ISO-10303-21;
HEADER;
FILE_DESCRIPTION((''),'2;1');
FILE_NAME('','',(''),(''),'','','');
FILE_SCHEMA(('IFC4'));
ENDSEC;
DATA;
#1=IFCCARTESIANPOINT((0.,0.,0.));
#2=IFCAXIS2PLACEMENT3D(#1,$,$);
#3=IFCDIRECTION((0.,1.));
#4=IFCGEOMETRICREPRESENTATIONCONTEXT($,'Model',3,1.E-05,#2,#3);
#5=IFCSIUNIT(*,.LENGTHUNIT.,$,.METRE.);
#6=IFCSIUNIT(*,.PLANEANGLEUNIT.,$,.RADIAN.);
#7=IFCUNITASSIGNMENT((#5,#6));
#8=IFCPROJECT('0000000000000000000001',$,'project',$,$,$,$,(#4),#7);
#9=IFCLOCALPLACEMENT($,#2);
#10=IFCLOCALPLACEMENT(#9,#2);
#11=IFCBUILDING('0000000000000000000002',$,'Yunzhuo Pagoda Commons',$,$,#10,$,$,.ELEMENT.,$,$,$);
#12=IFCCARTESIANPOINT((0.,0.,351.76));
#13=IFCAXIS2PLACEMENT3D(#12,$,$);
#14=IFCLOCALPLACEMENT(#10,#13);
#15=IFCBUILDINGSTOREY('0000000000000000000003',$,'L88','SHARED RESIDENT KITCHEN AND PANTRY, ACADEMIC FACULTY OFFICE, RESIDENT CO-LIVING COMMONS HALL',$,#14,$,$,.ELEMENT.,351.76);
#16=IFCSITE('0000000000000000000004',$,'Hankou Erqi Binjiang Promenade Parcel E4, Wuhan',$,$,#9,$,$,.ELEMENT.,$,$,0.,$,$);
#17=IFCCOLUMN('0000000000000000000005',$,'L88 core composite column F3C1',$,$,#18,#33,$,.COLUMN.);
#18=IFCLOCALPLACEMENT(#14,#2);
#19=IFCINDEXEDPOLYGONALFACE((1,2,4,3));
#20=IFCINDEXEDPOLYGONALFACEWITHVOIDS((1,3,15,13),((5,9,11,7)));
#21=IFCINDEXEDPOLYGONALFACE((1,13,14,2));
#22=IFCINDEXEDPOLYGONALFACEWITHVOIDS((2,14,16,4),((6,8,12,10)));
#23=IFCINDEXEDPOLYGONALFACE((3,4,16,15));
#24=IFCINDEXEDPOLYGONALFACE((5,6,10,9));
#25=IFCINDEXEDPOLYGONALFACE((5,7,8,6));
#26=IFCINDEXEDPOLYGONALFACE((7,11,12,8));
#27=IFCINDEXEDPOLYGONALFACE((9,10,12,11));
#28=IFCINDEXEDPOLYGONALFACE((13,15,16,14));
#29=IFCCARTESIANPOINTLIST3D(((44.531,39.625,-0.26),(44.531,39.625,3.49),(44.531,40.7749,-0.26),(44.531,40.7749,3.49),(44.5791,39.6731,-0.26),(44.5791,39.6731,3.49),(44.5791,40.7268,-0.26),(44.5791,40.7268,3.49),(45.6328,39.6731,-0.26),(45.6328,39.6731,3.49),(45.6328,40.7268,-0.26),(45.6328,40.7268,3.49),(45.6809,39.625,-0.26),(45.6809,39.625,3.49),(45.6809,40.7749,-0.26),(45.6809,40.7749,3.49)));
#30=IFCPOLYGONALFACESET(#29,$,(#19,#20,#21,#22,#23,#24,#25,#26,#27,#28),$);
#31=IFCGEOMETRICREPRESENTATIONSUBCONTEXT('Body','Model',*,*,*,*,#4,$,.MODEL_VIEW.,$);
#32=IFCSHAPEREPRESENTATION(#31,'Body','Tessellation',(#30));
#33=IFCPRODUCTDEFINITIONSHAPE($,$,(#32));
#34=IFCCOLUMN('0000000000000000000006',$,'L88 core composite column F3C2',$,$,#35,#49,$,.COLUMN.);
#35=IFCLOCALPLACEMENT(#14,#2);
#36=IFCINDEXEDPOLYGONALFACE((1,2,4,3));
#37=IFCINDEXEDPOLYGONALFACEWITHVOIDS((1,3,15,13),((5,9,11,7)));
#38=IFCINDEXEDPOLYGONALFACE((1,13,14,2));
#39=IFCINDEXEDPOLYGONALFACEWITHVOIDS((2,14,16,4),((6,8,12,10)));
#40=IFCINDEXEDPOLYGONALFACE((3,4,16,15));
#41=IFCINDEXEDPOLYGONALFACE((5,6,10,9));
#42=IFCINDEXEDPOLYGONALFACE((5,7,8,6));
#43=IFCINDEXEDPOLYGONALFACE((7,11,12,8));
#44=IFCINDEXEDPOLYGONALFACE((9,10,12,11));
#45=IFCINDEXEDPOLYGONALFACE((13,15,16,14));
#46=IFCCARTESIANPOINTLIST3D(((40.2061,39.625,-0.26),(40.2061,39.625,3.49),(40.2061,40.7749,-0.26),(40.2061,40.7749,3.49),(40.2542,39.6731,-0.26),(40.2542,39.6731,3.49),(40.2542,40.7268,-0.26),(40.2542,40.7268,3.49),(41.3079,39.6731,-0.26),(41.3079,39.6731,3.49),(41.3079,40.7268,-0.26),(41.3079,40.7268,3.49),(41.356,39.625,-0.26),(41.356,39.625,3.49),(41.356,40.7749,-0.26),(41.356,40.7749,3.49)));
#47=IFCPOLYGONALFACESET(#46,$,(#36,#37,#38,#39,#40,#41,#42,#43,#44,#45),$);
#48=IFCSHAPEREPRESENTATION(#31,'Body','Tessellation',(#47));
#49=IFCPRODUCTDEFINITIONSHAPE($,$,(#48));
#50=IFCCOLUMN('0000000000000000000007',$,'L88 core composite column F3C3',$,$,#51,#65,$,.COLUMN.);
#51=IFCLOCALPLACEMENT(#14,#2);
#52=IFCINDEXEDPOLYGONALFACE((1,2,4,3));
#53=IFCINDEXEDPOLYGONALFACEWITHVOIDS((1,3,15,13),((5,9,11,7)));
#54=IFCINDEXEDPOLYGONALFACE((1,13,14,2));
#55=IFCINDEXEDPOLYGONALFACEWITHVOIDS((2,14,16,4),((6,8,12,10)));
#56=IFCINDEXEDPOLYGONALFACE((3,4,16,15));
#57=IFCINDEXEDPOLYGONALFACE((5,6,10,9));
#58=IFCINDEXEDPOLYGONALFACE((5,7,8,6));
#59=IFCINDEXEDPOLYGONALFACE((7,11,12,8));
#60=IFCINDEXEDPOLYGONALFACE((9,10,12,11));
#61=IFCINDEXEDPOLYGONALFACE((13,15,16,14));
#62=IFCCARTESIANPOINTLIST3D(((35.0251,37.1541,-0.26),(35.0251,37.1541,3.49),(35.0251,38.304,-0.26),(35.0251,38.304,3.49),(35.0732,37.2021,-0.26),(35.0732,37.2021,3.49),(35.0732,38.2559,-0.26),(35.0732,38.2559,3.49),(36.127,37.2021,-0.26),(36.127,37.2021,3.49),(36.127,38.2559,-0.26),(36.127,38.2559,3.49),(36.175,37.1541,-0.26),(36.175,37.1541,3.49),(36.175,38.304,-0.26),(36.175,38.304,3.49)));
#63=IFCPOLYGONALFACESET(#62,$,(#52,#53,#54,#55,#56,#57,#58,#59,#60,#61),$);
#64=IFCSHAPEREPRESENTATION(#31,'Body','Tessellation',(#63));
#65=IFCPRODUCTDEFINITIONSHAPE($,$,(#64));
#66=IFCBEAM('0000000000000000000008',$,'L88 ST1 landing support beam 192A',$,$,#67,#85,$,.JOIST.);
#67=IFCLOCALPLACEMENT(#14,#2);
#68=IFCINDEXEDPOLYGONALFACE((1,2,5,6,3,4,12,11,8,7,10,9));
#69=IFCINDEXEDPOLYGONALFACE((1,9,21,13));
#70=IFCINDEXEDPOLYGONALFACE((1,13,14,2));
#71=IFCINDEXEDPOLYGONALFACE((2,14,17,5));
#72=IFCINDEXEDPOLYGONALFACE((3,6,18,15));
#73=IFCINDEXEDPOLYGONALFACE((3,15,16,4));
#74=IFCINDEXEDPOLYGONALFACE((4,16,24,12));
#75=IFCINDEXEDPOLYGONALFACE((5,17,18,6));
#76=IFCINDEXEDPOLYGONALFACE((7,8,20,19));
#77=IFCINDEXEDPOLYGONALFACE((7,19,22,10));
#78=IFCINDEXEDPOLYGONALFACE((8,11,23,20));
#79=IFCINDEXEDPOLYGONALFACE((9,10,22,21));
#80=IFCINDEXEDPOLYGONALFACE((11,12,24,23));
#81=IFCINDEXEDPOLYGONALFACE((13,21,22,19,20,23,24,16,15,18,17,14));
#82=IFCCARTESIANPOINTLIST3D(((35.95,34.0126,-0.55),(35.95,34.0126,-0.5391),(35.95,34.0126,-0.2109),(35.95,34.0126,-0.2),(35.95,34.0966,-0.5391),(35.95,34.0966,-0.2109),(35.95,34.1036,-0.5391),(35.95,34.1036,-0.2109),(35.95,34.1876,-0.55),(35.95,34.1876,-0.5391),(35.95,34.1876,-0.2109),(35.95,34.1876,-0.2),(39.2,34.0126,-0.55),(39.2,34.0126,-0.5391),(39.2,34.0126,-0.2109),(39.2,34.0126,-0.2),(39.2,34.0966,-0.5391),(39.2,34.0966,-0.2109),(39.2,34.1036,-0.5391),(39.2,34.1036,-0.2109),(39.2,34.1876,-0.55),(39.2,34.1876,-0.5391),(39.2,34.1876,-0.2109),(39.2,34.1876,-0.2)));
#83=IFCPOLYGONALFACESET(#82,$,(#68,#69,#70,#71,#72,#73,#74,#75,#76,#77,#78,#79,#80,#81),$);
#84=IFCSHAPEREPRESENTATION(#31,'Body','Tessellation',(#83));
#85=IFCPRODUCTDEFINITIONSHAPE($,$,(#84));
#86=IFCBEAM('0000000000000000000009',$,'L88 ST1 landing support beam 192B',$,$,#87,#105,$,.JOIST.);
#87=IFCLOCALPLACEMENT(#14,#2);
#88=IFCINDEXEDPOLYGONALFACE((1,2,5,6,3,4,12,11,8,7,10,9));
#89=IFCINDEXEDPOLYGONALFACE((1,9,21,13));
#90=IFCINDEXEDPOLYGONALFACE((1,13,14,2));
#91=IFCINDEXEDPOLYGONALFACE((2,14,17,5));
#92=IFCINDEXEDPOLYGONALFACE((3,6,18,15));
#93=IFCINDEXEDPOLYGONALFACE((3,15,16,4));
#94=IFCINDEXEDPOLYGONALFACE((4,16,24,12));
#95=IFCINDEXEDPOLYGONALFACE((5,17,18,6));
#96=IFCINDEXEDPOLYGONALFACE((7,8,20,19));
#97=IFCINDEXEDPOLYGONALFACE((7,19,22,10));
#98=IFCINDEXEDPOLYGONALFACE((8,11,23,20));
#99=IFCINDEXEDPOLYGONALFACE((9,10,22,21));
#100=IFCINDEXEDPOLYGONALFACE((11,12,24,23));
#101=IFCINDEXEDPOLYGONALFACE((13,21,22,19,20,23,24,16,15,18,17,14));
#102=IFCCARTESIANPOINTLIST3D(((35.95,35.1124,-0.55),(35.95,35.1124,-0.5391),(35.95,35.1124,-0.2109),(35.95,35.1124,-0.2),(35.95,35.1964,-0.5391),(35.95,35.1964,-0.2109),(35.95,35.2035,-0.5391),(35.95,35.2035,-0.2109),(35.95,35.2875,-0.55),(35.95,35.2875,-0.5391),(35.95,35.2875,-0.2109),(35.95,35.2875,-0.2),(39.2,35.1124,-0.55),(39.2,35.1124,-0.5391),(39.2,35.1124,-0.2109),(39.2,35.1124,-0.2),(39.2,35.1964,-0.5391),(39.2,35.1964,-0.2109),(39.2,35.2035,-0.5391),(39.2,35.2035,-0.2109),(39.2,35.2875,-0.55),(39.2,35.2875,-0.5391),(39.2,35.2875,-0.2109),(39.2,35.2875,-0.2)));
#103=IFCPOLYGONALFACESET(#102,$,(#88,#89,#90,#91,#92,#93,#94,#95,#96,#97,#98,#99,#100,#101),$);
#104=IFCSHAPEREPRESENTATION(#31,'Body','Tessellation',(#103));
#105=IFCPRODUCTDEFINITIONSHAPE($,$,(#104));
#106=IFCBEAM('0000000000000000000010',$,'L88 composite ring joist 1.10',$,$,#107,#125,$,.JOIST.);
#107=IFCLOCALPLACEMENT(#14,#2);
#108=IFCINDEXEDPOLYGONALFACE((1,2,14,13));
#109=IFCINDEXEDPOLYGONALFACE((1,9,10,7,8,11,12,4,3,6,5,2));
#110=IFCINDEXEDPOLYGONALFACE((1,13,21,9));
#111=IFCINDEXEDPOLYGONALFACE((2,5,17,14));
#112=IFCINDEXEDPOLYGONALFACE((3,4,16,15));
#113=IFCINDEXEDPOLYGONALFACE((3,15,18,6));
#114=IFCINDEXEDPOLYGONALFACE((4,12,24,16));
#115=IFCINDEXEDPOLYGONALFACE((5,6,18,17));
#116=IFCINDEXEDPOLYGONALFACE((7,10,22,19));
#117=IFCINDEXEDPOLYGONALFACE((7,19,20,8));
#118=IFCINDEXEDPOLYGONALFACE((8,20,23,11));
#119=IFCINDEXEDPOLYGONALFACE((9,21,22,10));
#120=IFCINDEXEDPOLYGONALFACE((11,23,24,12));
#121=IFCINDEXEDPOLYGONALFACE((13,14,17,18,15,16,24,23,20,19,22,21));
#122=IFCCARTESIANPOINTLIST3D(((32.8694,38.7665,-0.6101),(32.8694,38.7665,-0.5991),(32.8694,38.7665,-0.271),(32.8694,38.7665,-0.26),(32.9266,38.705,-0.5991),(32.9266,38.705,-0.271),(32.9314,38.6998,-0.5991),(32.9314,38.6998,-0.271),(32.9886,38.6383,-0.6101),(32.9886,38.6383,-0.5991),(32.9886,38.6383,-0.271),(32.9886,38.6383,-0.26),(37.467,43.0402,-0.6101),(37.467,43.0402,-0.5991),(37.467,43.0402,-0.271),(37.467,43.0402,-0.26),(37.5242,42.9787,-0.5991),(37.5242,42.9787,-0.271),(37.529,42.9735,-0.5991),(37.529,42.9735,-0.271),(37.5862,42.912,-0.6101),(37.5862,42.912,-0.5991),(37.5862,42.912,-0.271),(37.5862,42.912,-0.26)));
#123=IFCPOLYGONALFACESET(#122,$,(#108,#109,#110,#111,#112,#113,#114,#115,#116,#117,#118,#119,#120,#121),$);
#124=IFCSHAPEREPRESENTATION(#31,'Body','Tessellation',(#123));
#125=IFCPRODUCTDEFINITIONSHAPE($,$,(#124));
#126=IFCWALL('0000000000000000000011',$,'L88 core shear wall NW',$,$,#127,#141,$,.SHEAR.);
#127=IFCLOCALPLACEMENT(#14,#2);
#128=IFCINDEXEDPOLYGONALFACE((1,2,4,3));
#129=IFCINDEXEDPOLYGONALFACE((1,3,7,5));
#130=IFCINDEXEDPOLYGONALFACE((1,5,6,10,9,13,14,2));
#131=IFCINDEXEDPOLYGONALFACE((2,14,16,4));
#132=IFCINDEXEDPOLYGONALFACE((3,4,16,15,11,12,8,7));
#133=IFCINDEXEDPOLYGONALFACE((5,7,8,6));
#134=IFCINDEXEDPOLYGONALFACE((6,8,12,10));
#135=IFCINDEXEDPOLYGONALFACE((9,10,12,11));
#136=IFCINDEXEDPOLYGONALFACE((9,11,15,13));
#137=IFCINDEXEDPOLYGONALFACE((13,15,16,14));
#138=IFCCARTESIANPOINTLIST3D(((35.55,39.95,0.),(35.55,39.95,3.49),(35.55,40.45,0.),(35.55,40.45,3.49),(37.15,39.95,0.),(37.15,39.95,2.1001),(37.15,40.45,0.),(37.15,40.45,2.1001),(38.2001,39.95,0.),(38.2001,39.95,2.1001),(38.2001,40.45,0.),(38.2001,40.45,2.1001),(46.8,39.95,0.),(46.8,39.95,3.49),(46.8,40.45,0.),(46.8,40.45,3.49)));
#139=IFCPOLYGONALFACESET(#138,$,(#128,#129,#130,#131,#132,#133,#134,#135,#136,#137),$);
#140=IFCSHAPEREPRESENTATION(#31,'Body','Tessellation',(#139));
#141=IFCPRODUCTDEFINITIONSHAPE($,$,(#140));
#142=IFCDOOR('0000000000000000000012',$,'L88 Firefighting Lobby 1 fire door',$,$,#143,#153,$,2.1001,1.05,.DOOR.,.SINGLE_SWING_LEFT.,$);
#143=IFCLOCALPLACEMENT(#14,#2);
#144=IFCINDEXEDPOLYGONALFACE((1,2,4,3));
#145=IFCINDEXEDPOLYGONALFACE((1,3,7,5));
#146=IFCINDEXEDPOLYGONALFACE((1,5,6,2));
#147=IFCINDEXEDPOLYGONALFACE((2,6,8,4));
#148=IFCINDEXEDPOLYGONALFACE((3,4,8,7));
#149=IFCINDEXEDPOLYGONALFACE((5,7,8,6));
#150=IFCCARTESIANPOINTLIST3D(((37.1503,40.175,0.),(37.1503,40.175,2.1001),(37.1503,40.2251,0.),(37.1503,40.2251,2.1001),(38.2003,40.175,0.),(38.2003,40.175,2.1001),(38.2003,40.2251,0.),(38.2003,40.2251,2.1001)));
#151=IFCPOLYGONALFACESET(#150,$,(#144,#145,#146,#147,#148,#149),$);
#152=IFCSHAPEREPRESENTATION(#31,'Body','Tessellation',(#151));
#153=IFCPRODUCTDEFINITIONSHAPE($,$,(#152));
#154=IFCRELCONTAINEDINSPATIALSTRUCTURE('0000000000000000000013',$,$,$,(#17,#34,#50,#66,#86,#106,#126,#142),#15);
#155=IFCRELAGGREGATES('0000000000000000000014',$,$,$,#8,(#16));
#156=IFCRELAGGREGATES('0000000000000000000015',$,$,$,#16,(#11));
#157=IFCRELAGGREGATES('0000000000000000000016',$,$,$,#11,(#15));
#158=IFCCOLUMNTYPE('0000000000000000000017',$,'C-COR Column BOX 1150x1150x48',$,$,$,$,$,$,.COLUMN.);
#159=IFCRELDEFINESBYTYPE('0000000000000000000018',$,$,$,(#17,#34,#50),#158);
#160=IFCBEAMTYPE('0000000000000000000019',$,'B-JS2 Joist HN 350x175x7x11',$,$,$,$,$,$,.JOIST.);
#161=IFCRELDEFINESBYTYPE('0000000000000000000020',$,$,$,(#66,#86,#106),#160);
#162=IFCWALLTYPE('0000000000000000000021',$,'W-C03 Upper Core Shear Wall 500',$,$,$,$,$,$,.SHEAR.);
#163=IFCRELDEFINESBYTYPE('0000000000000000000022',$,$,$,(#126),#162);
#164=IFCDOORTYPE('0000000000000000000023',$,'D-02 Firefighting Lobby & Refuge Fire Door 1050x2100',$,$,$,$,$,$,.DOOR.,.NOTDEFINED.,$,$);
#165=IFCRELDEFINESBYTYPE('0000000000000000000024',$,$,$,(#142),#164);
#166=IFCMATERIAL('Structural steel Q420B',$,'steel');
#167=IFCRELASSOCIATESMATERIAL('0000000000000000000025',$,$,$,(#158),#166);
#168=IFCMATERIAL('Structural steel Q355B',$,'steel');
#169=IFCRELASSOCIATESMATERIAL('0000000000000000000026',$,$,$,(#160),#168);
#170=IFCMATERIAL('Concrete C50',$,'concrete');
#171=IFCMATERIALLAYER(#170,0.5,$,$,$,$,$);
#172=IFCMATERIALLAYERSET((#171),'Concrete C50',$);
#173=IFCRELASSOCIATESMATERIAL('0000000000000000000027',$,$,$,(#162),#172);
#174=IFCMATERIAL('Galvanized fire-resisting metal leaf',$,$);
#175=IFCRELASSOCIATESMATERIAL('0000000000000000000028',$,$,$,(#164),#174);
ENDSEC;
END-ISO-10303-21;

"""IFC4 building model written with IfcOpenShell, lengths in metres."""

from ifc_helpers import new_model, si_unit, direction, frame, frame_2d, origin, origin_2d, place, context, subcontext, project, spatial, rectangle, hollow_rectangle, i_section, extrude, source, transform, mapped, material, layer, layer_set, material_profile, profile_set, type_object, element, fill, save


model = new_model("IFC4")

# Units and contexts
model_context = context("Model", 3, precision=1e-05, world=origin(), true_north=direction((0.0, 1.0)))
body_context = subcontext(model_context, "Body", "Model", "MODEL_VIEW")
ifc_project = project(units=[si_unit("LENGTHUNIT", "METRE"), si_unit("PLANEANGLEUNIT", "RADIAN")], contexts=[model_context])

# Site, building, storey
site_placement = place(None, origin())
site = spatial("IfcSite", under=ifc_project, at=site_placement, Name="Hankou Erqi Binjiang Promenade Parcel E4, Wuhan", CompositionType="ELEMENT", RefElevation=0.0)
building_placement = place(site_placement, origin())
building = spatial("IfcBuilding", under=site, at=building_placement, Name="Yunzhuo Pagoda Commons", CompositionType="ELEMENT")
storey_placement = place(building_placement, frame((0.0, 0.0, 351.76)))
storey = spatial("IfcBuildingStorey", under=building, at=storey_placement, Name="L88", Description="SHARED RESIDENT KITCHEN AND PANTRY, ACADEMIC FACULTY OFFICE, RESIDENT CO-LIVING COMMONS HALL", CompositionType="ELEMENT", Elevation=351.76)

# Columns
ifc_material_1 = material(Name="Structural steel Q420B", Category="steel")
ifc_material_profile_1 = material_profile(ifc_material_1, hollow_rectangle(XDim=1.1499, YDim=1.1499, WallThickness=0.0481, at=origin_2d()), Name="Structural steel Q420B")
ifc_profile_set_1 = profile_set([ifc_material_profile_1], Name="Structural steel Q420B")
column_type = type_object("IfcColumnType", Name="C-COR Column BOX 1150x1150x48", PredefinedType="COLUMN", material=ifc_profile_set_1)
shared_shape_1 = source(origin(), body_context, "Body", "SweptSolid", [
    extrude(hollow_rectangle(XDim=1.1499, YDim=1.1499, WallThickness=0.0481, at=origin_2d()), origin(), (0.0, 0.0, 1.0), 3.75),
])
for number, where, z_axis, x_axis, name in (
    (1, (45.106, 40.2, -0.26), (0.0, 0.0, 1.0), (1.0, 0.0, 0.0), "L88 core composite column F3C1"),
    (2, (40.781, 40.2, -0.26), (0.0, 0.0, 1.0), (1.0, 0.0, 0.0), "L88 core composite column F3C2"),
    (3, (35.6001, 37.729, -0.26), (0.0, 0.0, 1.0), (1.0, 0.0, 0.0), "L88 core composite column F3C3"),
):
    element("IfcColumn", number, at=place(storey_placement, frame(where, z_axis=z_axis, x_axis=x_axis)), inside=storey, type_object=column_type, Name=name, PredefinedType="COLUMN", context=body_context, shape_type="MappedRepresentation", body=[
        mapped(shared_shape_1, transform((0.0, 0.0, 0.0), scale=1.0)),
    ])

# Beams
ifc_material_2 = material(Name="Structural steel Q355B", Category="steel")
ifc_material_profile_2 = material_profile(ifc_material_2, i_section(OverallWidth=0.175, OverallDepth=0.3501, WebThickness=0.0071, FlangeThickness=0.011, at=origin_2d()), Name="Structural steel Q355B")
ifc_profile_set_2 = profile_set([ifc_material_profile_2], Name="Structural steel Q355B")
beam_type = type_object("IfcBeamType", Name="B-JS2 Joist HN 350x175x7x11", PredefinedType="JOIST", material=ifc_profile_set_2)
shared_shape_2 = source(origin(), body_context, "Body", "SweptSolid", [
    extrude(i_section(OverallWidth=0.175, OverallDepth=0.3501, WebThickness=0.0071, FlangeThickness=0.011, at=origin_2d()), origin(), (0.0, 0.0, 1.0), 3.25),
])
for number, where, z_axis, x_axis, name in (
    (4, (35.95, 34.1001, -0.375), (1.0, 0.0, 0.0), (0.0, 1.0, 0.0), "L88 ST1 landing support beam 192A"),
    (5, (35.95, 35.2, -0.375), (1.0, 0.0, 0.0), (0.0, 1.0, 0.0), "L88 ST1 landing support beam 192B"),
):
    element("IfcBeam", number, at=place(storey_placement, frame(where, z_axis=z_axis, x_axis=x_axis)), inside=storey, type_object=beam_type, Name=name, PredefinedType="JOIST", context=body_context, shape_type="MappedRepresentation", body=[
        mapped(shared_shape_2, transform((0.0, 0.0, 0.0), scale=1.0)),
    ])
shared_shape_3 = source(origin(), body_context, "Body", "SweptSolid", [
    extrude(i_section(OverallWidth=0.175, OverallDepth=0.3501, WebThickness=0.0071, FlangeThickness=0.011, at=origin_2d()), origin(), (0.0, 0.0, 1.0), 6.2771),
])
beam_placement = place(storey_placement, frame((37.5266, 42.9761, -0.4351), z_axis=(-0.732442, -0.68083, 0.0), x_axis=(0.68083, -0.732442, 0.0)))
element("IfcBeam", 6, at=beam_placement, inside=storey, type_object=beam_type, Name="L88 composite ring joist 1.10", PredefinedType="JOIST", context=body_context, shape_type="MappedRepresentation", body=[
    mapped(shared_shape_3, transform((0.0, 0.0, 0.0), scale=1.0)),
])

# Wall, opening, door
ifc_material_3 = material(Name="Concrete C50", Category="concrete")
ifc_layer_1 = layer(ifc_material_3, 0.5)
ifc_layer_set_1 = layer_set([ifc_layer_1], Name="Concrete C50")
wall_type_1 = type_object("IfcWallType", Name="W-C03 Upper Core Shear Wall 500", PredefinedType="SHEAR", material=ifc_layer_set_1)
wall_1_placement = place(storey_placement, frame((35.55, 40.2, 0.0), z_axis=(0.0, 0.0, 1.0), x_axis=(1.0, 0.0, 0.0)))
wall_1 = element("IfcWall", 7, at=wall_1_placement, inside=storey, type_object=wall_type_1, Name="L88 core shear wall NW", PredefinedType="SHEAR", context=body_context, shape_type="SweptSolid", body=[
    extrude(rectangle(XDim=11.25, YDim=0.5, at=frame_2d((5.625, 0.0))), origin(), (0.0, 0.0, 1.0), 3.49),
])
opening_1_placement = place(wall_1_placement, frame((1.6001, 0.0, 0.0)))
opening_1 = element("IfcOpeningElement", 8, at=opening_1_placement, cuts=wall_1, PredefinedType="OPENING", context=body_context, shape_type="SweptSolid", body=[
    extrude(rectangle(XDim=1.05, YDim=2.1001, at=frame_2d((0.5249, 1.05))), frame((0.0, 0.26, 0.0), z_axis=(0.0, -1.0, 0.0), x_axis=(1.0, 0.0, 0.0)), (0.0, 0.0, 1.0), 0.52),
])
ifc_material_4 = material(Name="Galvanized fire-resisting metal leaf")
door_type_1 = type_object("IfcDoorType", Name="D-02 Firefighting Lobby & Refuge Fire Door 1050x2100", OperationType="NOTDEFINED", PredefinedType="DOOR", material=ifc_material_4)
shared_shape_4 = source(origin(), body_context, "Body", "SweptSolid", [
    extrude(rectangle(XDim=1.05, YDim=2.1001, at=frame_2d((0.5249, 1.05))), frame((0.0, 0.0249, 0.0), z_axis=(0.0, -1.0, 0.0), x_axis=(1.0, 0.0, 0.0)), (0.0, 0.0, 1.0), 0.05),
])
door_1_placement = place(opening_1_placement, frame((1.05, 0.0, 0.0), z_axis=(0.0, 0.0, 1.0), x_axis=(-1.0, 0.0, 0.0)))
door_1 = element("IfcDoor", 9, at=door_1_placement, inside=storey, type_object=door_type_1, Name="L88 Firefighting Lobby 1 fire door", OperationType="SINGLE_SWING_LEFT", OverallHeight=2.1001, OverallWidth=1.05, PredefinedType="DOOR", context=body_context, shape_type="MappedRepresentation", body=[
    mapped(shared_shape_4, transform((0.0, 0.0, 0.0), scale=1.0)),
])
fill(opening_1, door_1)

save(model, "model.ifc")
